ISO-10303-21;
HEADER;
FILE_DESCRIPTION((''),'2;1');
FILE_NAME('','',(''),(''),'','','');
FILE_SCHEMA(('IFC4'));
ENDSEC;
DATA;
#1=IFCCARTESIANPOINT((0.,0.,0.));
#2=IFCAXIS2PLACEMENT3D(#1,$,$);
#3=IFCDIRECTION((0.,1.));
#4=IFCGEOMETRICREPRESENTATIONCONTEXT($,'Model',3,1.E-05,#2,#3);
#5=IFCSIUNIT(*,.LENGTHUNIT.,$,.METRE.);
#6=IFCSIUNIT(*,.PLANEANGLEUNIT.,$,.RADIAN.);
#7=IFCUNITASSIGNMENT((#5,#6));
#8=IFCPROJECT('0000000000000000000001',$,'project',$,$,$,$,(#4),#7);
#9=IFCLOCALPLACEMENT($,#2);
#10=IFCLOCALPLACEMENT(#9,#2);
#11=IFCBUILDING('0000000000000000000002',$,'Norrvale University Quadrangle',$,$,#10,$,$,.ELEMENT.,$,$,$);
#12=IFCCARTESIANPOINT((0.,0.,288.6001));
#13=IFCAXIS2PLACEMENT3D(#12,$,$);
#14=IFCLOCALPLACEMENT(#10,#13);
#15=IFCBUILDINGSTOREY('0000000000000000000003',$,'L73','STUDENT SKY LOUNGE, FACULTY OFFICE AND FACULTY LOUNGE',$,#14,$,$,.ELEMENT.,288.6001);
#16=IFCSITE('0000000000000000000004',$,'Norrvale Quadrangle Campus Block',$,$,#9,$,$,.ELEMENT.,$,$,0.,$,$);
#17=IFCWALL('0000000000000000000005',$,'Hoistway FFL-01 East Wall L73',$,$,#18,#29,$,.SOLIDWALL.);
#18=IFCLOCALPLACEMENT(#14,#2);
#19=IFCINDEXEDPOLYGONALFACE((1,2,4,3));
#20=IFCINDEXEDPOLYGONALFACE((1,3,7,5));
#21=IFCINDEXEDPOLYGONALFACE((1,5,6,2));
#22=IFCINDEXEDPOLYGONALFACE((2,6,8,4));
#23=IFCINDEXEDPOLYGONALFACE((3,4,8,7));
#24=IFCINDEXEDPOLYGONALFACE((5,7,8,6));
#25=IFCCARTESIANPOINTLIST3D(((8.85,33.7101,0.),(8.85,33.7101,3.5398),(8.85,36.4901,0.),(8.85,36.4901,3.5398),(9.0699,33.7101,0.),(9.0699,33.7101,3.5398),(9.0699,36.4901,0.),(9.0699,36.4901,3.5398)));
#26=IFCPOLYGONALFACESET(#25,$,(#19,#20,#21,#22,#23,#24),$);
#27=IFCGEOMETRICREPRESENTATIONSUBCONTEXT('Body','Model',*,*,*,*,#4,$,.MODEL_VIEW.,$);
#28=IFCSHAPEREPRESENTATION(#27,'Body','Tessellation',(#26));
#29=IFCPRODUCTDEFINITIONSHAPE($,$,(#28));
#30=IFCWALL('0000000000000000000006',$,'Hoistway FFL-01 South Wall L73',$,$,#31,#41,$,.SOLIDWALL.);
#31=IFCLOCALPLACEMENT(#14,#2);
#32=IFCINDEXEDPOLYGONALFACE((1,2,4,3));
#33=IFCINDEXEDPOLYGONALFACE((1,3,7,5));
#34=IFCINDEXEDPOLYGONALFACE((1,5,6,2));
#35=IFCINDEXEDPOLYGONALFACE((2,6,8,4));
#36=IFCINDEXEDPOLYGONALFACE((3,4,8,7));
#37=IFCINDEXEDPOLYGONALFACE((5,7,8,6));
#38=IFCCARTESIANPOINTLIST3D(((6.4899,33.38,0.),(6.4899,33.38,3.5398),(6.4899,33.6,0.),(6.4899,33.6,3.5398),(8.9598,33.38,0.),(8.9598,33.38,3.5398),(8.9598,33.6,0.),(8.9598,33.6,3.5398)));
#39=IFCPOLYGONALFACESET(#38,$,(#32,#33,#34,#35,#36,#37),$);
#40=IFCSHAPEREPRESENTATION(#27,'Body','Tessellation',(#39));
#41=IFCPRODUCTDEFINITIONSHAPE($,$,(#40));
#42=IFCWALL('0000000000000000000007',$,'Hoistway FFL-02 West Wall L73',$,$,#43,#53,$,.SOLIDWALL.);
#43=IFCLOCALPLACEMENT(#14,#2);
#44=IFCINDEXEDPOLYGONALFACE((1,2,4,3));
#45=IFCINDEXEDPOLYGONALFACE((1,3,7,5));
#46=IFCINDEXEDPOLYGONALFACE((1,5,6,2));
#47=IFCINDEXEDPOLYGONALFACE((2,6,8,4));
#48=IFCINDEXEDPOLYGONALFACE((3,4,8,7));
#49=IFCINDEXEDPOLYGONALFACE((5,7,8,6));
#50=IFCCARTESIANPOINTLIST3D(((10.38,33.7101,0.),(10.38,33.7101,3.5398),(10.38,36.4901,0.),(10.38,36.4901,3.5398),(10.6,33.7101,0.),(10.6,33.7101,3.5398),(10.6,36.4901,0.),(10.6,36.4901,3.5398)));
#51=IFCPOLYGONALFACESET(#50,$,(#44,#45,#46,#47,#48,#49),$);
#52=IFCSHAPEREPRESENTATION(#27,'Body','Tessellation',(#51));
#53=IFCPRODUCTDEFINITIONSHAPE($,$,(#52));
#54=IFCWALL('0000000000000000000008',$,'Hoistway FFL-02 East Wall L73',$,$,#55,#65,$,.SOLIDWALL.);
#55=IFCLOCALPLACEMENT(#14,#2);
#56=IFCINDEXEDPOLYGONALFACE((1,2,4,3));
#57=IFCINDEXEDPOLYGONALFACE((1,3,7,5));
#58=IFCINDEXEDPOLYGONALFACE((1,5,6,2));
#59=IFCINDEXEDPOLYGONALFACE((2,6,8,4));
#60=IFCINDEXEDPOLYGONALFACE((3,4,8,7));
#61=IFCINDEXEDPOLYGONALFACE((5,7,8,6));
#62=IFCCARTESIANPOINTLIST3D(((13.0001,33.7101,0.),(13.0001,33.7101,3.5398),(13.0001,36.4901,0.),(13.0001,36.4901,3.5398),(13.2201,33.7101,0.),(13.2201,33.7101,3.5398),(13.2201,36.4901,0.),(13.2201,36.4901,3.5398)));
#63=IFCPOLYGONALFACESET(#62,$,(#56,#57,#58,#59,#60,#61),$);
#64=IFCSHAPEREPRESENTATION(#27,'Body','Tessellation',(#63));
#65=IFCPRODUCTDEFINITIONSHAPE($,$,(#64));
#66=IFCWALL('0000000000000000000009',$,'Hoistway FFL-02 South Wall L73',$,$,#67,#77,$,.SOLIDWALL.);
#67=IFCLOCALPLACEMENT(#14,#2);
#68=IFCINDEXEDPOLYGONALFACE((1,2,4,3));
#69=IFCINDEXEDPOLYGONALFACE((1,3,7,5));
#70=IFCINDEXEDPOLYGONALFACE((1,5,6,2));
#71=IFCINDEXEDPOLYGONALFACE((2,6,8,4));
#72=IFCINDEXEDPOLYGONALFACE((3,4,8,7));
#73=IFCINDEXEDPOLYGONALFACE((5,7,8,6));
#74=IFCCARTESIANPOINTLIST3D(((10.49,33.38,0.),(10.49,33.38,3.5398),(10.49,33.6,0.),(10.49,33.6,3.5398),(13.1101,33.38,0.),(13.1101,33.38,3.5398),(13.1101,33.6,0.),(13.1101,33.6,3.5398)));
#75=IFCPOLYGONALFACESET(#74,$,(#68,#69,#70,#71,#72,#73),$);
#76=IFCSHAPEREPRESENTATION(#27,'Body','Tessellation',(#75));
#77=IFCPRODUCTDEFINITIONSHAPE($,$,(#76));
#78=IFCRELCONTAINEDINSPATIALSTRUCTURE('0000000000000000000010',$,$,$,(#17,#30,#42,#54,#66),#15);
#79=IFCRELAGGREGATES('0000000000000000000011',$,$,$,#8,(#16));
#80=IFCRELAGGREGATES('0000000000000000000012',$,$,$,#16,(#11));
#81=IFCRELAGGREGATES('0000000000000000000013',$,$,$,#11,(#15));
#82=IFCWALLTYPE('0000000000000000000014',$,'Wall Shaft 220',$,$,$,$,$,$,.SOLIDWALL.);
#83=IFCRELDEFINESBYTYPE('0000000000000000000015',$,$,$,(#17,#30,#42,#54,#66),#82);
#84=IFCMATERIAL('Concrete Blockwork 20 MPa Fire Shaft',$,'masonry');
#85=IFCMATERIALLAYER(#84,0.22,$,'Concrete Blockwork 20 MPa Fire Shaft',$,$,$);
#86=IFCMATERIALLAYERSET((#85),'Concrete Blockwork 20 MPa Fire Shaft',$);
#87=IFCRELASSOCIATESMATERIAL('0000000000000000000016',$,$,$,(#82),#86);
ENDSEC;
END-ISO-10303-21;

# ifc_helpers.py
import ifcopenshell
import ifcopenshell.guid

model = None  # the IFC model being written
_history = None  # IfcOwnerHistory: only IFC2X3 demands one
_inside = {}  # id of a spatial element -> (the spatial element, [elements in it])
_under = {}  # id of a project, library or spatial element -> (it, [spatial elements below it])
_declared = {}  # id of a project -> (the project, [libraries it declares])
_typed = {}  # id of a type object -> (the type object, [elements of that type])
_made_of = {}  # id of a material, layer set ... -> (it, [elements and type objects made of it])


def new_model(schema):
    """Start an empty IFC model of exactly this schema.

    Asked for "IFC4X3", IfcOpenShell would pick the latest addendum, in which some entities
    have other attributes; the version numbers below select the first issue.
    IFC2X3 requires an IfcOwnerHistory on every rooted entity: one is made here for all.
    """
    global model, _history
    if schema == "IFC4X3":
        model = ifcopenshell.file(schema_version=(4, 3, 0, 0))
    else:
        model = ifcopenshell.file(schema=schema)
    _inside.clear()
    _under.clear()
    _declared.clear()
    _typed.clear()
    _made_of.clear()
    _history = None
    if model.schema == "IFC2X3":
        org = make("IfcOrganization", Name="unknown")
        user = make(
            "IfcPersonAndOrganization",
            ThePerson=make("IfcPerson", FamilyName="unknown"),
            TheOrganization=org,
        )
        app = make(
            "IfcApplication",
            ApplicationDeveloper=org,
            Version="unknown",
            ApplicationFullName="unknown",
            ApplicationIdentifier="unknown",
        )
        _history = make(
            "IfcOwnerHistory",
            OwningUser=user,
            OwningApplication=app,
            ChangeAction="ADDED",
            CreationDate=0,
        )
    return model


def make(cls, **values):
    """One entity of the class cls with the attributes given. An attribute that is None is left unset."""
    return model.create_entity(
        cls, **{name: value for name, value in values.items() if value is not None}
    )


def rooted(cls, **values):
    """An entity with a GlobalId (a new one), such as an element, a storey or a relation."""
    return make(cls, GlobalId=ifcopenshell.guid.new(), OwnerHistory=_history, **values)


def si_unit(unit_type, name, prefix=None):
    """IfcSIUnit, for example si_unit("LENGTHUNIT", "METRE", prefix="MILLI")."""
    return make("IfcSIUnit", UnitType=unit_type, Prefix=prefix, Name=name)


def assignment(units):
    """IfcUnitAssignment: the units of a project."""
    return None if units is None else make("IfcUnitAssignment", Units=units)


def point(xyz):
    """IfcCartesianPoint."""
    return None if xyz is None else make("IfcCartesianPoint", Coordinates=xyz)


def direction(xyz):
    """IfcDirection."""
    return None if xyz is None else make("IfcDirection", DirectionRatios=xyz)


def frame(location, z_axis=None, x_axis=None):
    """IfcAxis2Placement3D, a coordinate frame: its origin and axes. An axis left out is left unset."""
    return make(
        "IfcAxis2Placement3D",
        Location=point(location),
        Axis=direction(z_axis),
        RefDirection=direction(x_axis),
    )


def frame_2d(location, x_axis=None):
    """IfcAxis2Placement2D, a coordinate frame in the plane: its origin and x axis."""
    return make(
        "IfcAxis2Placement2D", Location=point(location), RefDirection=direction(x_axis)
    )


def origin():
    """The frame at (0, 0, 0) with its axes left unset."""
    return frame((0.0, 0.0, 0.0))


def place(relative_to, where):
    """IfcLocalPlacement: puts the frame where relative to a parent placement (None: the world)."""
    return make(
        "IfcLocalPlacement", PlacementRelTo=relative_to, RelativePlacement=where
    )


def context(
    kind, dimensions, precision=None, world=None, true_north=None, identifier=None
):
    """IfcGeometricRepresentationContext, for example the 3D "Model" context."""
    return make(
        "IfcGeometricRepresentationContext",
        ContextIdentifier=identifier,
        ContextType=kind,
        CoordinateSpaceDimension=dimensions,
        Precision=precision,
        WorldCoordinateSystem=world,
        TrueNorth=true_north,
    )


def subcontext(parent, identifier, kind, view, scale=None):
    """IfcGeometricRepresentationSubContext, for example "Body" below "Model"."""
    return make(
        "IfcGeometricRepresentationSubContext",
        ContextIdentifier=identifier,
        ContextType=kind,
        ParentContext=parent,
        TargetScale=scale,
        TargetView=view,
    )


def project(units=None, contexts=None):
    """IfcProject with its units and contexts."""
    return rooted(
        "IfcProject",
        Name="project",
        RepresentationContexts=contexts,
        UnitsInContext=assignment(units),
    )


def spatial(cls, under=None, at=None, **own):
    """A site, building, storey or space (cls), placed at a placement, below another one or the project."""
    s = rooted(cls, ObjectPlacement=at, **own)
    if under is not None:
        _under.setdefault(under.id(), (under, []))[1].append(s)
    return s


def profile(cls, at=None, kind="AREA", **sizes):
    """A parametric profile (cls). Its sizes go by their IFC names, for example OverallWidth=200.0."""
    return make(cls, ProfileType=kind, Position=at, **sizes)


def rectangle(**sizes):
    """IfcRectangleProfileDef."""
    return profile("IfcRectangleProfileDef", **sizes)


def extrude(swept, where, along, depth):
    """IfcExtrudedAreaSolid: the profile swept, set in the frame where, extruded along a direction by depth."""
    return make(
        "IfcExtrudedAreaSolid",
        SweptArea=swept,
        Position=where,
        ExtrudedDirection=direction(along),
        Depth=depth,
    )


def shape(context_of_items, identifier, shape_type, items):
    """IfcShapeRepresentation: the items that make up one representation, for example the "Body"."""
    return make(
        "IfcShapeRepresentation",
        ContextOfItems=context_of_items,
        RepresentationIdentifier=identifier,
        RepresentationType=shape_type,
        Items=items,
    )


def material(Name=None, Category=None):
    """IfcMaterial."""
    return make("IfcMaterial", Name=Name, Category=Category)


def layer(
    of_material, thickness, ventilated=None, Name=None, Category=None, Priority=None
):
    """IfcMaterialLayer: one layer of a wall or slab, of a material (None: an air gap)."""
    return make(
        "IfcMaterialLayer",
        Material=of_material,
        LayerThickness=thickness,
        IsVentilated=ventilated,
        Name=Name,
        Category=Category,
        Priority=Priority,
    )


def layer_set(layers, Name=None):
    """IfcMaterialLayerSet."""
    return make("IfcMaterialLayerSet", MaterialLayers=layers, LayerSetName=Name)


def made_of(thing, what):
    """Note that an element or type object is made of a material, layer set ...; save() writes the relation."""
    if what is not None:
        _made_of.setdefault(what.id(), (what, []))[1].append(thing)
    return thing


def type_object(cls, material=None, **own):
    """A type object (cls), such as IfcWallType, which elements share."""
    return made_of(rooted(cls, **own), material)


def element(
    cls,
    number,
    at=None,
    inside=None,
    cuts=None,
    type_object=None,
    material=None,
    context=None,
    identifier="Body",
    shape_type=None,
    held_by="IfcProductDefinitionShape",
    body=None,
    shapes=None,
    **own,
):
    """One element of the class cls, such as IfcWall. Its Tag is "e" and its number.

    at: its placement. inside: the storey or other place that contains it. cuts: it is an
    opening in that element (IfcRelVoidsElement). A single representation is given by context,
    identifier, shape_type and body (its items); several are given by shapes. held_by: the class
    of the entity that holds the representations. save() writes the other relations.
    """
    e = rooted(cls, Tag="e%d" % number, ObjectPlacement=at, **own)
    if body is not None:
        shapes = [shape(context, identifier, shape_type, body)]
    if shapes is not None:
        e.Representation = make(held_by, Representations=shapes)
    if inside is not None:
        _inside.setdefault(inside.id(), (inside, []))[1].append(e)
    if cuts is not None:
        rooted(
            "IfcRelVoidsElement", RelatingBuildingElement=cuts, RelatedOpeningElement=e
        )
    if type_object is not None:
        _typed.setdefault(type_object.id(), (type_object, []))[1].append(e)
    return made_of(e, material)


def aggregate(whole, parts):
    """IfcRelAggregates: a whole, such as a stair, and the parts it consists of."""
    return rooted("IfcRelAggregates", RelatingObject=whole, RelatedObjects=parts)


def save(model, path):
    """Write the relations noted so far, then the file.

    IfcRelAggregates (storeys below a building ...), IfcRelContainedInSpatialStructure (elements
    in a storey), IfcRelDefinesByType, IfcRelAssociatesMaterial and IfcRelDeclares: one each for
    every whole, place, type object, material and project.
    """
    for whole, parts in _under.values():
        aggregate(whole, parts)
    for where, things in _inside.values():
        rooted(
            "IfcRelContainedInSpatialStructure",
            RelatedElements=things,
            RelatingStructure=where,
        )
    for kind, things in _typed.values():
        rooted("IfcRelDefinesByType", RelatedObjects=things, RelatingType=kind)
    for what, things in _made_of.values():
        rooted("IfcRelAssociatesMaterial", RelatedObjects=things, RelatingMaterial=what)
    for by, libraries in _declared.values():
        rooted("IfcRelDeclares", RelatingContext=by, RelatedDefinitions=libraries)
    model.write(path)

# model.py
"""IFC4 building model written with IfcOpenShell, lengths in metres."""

from ifc_helpers import new_model, si_unit, direction, frame, frame_2d, origin, place, context, subcontext, project, spatial, rectangle, extrude, material, layer, layer_set, type_object, element, save


model = new_model("IFC4")

# Units and contexts
model_context = context("Model", 3, precision=1e-05, world=origin(), true_north=direction((0.0, 1.0)))
body_context = subcontext(model_context, "Body", "Model", "MODEL_VIEW")
ifc_project = project(units=[si_unit("LENGTHUNIT", "METRE"), si_unit("PLANEANGLEUNIT", "RADIAN")], contexts=[model_context])

# Site, building, storey
site_placement = place(None, origin())
site = spatial("IfcSite", under=ifc_project, at=site_placement, Name="Norrvale Quadrangle Campus Block", CompositionType="ELEMENT", RefElevation=0.0)
building_placement = place(site_placement, origin())
building = spatial("IfcBuilding", under=site, at=building_placement, Name="Norrvale University Quadrangle", CompositionType="ELEMENT")
storey_placement = place(building_placement, frame((0.0, 0.0, 288.6001)))
storey = spatial("IfcBuildingStorey", under=building, at=storey_placement, Name="L73", Description="STUDENT SKY LOUNGE, FACULTY OFFICE AND FACULTY LOUNGE", CompositionType="ELEMENT", Elevation=288.6001)

# Shared definitions
ifc_material_1 = material(Name="Concrete Blockwork 20 MPa Fire Shaft", Category="masonry")
ifc_layer_1 = layer(ifc_material_1, 0.22, Name="Concrete Blockwork 20 MPa Fire Shaft")
ifc_layer_set_1 = layer_set([ifc_layer_1], Name="Concrete Blockwork 20 MPa Fire Shaft")
wall_type_1 = type_object("IfcWallType", Name="Wall Shaft 220", PredefinedType="SOLIDWALL", material=ifc_layer_set_1)

# Walls
for number, where, z_axis, x_axis, name in (
    (1, (8.96, 33.71, 0.0), (0.0, 0.0, 1.0), (0.0, 1.0, 0.0), "Hoistway FFL-01 East Wall L73"),
):
    element("IfcWall", number, at=place(storey_placement, frame(where, z_axis=z_axis, x_axis=x_axis)), inside=storey, type_object=wall_type_1, Name=name, PredefinedType="SOLIDWALL", context=body_context, shape_type="SweptSolid", body=[
        extrude(rectangle(XDim=2.78, YDim=0.22, at=frame_2d((1.3901, 0.0))), origin(), (0.0, 0.0, 1.0), 3.5398),
    ])
wall_1_placement = place(storey_placement, frame((6.49, 33.49, 0.0), z_axis=(0.0, 0.0, 1.0), x_axis=(1.0, 0.0, 0.0)))
element("IfcWall", 2, at=wall_1_placement, inside=storey, type_object=wall_type_1, Name="Hoistway FFL-01 South Wall L73", PredefinedType="SOLIDWALL", context=body_context, shape_type="SweptSolid", body=[
    extrude(rectangle(XDim=2.47, YDim=0.22, at=frame_2d((1.2349, 0.0))), origin(), (0.0, 0.0, 1.0), 3.5398),
])
for number, where, z_axis, x_axis, name in (
    (3, (10.49, 33.71, 0.0), (0.0, 0.0, 1.0), (0.0, 1.0, 0.0), "Hoistway FFL-02 West Wall L73"),
    (4, (13.1101, 33.71, 0.0), (0.0, 0.0, 1.0), (0.0, 1.0, 0.0), "Hoistway FFL-02 East Wall L73"),
):
    element("IfcWall", number, at=place(storey_placement, frame(where, z_axis=z_axis, x_axis=x_axis)), inside=storey, type_object=wall_type_1, Name=name, PredefinedType="SOLIDWALL", context=body_context, shape_type="SweptSolid", body=[
        extrude(rectangle(XDim=2.78, YDim=0.22, at=frame_2d((1.3901, 0.0))), origin(), (0.0, 0.0, 1.0), 3.5398),
    ])
wall_2_placement = place(storey_placement, frame((10.49, 33.49, 0.0), z_axis=(0.0, 0.0, 1.0), x_axis=(1.0, 0.0, 0.0)))
element("IfcWall", 5, at=wall_2_placement, inside=storey, type_object=wall_type_1, Name="Hoistway FFL-02 South Wall L73", PredefinedType="SOLIDWALL", context=body_context, shape_type="SweptSolid", body=[
    extrude(rectangle(XDim=2.6201, YDim=0.22, at=frame_2d((1.3101, 0.0))), origin(), (0.0, 0.0, 1.0), 3.5398),
])

save(model, "model.ifc")
